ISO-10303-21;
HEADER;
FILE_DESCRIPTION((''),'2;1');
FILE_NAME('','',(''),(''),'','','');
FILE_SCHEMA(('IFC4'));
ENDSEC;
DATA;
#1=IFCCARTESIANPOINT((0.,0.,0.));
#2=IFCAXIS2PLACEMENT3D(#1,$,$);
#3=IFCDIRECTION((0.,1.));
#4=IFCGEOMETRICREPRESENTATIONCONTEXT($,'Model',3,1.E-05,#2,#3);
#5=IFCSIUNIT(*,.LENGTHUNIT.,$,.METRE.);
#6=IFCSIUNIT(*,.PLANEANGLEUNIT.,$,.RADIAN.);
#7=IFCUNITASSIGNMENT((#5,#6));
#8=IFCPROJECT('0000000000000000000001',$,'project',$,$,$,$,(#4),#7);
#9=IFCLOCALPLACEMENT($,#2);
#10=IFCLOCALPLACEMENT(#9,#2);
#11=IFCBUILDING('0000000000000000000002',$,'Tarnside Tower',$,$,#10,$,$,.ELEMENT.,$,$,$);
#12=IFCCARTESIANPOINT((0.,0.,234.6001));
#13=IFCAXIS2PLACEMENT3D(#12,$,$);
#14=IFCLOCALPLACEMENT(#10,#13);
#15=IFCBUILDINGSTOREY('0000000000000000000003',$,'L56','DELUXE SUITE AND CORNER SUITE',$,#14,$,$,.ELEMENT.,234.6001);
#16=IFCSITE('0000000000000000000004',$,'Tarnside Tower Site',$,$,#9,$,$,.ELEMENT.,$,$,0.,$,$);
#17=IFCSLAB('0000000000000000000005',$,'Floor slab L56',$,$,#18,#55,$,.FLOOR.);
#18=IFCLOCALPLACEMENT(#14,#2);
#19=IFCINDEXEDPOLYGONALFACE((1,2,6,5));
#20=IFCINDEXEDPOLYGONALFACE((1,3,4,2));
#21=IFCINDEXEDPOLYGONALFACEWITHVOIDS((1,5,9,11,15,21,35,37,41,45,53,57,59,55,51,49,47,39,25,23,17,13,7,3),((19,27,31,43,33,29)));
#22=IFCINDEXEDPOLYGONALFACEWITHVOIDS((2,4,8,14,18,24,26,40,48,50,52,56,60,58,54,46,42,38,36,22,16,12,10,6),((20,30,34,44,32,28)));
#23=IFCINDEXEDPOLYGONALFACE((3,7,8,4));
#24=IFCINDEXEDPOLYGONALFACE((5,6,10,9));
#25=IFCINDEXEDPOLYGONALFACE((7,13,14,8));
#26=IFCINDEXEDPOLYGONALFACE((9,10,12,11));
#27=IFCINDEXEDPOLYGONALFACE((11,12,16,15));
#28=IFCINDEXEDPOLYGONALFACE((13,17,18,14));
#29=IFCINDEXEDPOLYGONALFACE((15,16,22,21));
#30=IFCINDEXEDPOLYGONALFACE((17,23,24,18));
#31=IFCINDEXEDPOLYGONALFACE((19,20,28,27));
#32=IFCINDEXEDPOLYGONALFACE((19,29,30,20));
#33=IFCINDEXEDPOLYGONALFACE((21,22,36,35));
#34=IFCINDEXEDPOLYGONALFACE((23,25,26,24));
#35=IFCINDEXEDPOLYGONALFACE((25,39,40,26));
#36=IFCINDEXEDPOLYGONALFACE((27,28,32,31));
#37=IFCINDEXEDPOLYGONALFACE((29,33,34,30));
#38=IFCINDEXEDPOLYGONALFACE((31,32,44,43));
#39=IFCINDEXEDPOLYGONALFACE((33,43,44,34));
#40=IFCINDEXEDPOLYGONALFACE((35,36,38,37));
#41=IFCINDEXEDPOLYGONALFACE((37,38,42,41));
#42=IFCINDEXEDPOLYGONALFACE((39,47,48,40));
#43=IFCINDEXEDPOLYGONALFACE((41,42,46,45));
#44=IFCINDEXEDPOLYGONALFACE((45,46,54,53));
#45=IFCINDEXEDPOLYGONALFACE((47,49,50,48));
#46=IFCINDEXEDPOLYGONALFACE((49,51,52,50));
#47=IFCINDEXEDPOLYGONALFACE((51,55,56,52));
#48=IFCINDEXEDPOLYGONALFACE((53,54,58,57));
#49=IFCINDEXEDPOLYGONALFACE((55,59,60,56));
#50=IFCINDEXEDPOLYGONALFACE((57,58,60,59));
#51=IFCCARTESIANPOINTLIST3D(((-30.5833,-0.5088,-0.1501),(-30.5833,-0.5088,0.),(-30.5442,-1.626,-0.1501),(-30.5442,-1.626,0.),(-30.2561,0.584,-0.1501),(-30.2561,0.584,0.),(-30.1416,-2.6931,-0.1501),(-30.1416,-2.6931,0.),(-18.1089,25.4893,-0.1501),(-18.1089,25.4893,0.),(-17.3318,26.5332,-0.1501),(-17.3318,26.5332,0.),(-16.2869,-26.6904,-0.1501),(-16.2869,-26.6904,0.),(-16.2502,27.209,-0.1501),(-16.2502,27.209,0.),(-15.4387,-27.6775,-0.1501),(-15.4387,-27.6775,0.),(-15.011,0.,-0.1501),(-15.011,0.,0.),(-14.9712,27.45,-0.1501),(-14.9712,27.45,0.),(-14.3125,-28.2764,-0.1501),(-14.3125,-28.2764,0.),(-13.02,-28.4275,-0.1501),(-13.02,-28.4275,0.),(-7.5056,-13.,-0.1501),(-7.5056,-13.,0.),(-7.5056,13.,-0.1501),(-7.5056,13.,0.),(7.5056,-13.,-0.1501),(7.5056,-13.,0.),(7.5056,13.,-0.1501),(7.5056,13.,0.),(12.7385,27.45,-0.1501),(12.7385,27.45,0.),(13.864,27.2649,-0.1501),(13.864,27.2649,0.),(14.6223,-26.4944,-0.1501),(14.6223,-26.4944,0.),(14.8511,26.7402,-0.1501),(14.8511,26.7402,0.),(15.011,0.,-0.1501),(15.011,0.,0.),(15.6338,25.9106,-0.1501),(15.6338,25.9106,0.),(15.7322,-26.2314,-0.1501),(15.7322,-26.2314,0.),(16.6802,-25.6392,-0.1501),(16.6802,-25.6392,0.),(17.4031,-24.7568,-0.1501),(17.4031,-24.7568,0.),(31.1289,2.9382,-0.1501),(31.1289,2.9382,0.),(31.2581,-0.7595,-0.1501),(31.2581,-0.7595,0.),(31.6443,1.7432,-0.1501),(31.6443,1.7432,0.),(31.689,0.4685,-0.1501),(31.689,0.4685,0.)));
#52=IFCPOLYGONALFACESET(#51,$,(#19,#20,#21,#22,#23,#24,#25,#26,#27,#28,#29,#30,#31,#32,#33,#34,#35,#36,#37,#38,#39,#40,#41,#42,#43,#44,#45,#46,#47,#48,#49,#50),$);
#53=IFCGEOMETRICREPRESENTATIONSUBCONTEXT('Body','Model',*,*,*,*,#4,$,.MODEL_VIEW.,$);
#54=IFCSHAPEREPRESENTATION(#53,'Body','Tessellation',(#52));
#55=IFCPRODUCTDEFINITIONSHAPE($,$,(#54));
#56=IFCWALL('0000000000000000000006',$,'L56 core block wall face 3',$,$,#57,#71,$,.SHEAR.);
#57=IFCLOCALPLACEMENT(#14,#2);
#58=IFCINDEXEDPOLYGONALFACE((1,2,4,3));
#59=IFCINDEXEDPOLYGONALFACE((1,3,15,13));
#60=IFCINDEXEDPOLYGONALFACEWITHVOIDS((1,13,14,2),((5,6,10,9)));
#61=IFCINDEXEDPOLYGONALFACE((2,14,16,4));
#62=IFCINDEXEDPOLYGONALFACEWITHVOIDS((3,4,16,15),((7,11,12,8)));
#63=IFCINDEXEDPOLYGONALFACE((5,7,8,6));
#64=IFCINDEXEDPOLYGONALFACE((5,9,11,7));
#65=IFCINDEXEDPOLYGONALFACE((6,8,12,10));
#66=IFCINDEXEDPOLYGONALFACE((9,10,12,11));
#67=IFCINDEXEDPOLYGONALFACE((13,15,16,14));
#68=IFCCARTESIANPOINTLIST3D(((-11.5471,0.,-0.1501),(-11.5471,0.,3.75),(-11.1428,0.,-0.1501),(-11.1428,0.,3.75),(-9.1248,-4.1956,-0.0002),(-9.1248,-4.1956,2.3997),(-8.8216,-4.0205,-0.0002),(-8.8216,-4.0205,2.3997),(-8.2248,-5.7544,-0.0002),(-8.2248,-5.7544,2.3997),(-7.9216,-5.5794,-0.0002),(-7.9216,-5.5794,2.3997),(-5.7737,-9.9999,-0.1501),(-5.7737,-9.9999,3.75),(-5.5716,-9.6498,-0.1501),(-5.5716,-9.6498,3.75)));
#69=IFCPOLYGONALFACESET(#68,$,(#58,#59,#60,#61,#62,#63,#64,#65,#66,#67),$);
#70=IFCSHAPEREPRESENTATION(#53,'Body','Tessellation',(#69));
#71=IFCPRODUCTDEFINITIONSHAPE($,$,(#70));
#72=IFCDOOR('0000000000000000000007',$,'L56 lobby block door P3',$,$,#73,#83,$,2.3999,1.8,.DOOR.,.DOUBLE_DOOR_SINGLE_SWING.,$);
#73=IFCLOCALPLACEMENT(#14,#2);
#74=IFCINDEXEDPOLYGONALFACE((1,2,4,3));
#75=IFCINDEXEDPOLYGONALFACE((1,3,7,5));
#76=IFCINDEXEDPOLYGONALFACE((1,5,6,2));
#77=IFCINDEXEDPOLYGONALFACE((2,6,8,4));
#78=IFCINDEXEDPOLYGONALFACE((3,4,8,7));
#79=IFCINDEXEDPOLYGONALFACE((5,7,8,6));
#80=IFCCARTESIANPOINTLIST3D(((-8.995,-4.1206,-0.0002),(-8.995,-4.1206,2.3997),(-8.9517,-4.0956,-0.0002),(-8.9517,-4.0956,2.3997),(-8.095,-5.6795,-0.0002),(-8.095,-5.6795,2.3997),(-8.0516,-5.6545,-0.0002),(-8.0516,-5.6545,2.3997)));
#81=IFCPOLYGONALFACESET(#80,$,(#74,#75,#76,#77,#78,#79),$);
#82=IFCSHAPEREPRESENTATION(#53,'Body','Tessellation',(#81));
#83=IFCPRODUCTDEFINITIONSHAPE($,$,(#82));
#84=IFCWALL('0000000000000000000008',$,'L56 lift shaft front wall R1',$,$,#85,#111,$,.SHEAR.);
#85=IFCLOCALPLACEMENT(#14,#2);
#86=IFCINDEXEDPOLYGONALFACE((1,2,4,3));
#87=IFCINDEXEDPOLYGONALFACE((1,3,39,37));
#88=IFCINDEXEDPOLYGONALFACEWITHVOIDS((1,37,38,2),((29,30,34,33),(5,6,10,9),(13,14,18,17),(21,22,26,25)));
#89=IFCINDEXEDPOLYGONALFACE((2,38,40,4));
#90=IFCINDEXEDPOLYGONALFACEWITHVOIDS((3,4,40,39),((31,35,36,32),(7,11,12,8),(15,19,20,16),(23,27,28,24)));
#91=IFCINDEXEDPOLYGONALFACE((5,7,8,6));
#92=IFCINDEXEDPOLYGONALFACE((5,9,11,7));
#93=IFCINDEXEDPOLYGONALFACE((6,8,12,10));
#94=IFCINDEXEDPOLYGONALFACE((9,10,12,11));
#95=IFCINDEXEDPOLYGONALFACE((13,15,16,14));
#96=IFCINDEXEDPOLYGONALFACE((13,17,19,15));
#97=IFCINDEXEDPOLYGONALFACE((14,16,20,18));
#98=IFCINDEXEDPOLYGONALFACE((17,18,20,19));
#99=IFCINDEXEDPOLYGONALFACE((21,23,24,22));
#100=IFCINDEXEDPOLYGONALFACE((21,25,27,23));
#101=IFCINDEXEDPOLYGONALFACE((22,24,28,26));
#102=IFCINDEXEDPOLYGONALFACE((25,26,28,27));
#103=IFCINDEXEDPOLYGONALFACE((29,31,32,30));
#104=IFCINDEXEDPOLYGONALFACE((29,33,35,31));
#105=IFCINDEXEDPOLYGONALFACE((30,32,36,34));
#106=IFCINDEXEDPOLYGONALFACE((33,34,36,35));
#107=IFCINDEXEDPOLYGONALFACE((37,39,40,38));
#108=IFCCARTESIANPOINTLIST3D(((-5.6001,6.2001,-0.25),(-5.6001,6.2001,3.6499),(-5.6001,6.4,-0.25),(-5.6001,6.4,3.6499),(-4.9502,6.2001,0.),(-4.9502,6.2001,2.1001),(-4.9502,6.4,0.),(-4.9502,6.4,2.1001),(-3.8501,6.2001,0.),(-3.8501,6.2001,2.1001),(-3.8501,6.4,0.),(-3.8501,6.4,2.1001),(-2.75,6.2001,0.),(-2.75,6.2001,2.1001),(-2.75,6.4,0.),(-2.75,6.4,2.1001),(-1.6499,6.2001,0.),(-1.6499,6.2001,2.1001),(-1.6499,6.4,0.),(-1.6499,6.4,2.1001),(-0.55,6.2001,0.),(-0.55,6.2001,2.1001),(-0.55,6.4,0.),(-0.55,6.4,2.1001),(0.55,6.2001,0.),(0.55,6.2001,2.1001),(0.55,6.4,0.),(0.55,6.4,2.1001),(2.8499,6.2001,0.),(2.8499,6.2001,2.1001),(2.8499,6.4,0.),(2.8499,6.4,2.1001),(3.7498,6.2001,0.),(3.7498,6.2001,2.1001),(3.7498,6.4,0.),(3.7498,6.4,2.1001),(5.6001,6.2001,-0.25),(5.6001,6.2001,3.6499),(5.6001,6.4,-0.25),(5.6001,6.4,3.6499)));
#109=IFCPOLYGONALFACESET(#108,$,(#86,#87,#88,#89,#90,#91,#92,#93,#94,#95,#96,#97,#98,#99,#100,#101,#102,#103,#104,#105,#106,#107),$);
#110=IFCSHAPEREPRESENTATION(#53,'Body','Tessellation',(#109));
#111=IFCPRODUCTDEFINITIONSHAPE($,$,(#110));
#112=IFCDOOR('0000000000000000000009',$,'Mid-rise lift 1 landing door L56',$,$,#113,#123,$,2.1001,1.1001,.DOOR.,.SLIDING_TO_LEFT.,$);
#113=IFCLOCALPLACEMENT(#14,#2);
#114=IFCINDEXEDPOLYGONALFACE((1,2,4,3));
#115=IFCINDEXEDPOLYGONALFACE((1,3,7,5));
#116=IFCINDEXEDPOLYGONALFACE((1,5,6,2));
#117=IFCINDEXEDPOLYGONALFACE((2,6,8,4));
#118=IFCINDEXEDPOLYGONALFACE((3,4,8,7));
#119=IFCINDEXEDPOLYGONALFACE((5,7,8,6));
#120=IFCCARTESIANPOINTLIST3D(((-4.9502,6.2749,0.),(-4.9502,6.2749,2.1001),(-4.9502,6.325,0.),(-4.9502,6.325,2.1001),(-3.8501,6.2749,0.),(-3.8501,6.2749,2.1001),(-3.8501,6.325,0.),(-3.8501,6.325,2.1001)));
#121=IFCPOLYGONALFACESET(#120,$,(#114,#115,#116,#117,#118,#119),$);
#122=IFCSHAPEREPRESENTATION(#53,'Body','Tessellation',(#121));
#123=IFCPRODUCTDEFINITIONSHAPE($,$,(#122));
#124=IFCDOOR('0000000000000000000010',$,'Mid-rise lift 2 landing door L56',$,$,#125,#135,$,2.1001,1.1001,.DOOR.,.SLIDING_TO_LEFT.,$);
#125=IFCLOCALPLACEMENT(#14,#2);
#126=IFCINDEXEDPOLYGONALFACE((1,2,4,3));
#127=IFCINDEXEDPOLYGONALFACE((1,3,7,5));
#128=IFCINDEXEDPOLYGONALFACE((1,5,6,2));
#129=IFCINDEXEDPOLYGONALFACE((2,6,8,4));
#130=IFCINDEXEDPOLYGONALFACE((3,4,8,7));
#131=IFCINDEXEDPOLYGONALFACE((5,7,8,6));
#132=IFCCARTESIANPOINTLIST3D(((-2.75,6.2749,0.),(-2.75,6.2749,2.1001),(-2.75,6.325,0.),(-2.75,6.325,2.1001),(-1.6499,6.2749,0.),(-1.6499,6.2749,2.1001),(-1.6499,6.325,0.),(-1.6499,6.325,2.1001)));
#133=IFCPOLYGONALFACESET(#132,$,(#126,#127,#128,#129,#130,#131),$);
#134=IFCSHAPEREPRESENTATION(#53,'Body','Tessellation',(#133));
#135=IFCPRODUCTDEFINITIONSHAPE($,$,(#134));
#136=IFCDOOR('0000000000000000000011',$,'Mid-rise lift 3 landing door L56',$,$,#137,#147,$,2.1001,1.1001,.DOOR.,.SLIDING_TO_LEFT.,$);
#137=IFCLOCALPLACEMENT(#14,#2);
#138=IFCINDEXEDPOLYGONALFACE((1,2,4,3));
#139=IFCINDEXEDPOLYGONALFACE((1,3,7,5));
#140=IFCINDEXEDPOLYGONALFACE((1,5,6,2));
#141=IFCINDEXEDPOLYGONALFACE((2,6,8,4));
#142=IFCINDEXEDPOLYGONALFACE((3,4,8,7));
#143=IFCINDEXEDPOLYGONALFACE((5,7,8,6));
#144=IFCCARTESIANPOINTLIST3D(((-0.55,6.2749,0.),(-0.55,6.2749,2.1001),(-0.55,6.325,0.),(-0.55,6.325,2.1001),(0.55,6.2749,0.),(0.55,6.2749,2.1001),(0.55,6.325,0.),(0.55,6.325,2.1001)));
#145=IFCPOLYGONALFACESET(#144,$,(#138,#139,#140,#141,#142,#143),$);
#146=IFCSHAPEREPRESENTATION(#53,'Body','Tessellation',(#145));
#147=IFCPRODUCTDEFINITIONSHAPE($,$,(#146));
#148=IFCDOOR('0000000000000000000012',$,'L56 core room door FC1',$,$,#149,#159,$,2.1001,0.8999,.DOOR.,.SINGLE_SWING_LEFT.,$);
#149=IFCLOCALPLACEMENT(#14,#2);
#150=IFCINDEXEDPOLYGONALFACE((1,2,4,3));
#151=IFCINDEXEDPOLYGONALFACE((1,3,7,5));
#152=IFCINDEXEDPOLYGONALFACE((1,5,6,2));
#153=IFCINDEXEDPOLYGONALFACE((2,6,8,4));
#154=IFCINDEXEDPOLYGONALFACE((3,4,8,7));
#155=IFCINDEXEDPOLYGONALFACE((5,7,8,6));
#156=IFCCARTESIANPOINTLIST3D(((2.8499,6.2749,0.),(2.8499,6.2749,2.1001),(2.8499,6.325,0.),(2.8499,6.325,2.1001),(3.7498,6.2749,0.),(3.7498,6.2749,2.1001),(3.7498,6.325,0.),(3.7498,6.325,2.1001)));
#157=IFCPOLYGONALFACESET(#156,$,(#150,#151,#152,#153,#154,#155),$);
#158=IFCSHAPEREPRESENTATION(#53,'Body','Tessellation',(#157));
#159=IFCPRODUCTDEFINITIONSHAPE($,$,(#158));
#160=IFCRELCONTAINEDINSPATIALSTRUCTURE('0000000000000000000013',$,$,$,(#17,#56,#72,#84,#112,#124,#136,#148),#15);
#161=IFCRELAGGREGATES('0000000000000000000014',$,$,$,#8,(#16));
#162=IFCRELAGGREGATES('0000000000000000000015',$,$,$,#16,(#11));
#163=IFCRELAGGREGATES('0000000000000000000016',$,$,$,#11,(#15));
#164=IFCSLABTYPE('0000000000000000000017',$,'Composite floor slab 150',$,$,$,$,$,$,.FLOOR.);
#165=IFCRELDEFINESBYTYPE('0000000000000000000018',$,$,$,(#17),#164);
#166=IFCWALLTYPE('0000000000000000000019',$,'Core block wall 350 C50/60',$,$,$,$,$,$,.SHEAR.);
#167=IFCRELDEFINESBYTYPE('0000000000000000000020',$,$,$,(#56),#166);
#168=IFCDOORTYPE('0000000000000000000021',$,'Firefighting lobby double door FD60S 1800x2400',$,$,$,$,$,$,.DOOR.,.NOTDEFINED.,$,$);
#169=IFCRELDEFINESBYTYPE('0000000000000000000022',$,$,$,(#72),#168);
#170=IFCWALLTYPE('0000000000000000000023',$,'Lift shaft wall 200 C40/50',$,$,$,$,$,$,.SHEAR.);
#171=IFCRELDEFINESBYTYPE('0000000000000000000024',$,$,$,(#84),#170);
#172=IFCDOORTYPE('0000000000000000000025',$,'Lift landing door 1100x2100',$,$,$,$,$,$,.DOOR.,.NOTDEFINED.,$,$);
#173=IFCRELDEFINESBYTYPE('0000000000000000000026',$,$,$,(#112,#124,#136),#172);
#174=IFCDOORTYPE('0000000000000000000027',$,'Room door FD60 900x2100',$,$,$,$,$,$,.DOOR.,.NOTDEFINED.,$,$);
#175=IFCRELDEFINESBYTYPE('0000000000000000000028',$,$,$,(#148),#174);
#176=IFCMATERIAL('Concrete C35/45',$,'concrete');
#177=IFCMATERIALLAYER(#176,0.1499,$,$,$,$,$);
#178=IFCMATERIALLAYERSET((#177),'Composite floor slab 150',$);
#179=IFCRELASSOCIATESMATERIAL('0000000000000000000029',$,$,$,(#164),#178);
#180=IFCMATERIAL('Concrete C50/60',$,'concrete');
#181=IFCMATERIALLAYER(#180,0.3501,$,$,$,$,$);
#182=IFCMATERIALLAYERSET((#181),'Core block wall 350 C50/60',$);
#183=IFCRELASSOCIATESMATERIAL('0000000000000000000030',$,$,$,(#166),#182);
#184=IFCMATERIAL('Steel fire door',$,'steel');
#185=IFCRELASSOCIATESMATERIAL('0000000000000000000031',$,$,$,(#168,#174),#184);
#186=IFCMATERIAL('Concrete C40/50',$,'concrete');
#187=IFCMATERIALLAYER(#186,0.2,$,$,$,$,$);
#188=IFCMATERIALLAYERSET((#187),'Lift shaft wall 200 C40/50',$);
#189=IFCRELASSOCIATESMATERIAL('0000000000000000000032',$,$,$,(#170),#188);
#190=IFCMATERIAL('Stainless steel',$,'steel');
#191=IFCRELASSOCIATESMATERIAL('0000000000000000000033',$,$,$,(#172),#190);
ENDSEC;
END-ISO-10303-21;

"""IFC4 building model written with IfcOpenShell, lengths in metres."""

from ifc_helpers import new_model, si_unit, direction, frame, frame_2d, origin, place, context, subcontext, project, spatial, polyline, rectangle, outline, extrude, material, layer, layer_set, type_object, element, fill, save


model = new_model("IFC4")

# Units and contexts
model_context = context("Model", 3, precision=1e-05, world=origin(), true_north=direction((0.0, 1.0)))
body_context = subcontext(model_context, "Body", "Model", "MODEL_VIEW")
ifc_project = project(units=[si_unit("LENGTHUNIT", "METRE"), si_unit("PLANEANGLEUNIT", "RADIAN")], contexts=[model_context])

# Site, building, storey
site_placement = place(None, origin())
site = spatial("IfcSite", under=ifc_project, at=site_placement, Name="Tarnside Tower Site", CompositionType="ELEMENT", RefElevation=0.0)
building_placement = place(site_placement, origin())
building = spatial("IfcBuilding", under=site, at=building_placement, Name="Tarnside Tower", CompositionType="ELEMENT")
storey_placement = place(building_placement, frame((0.0, 0.0, 234.6001)))
storey = spatial("IfcBuildingStorey", under=building, at=storey_placement, Name="L56", Description="DELUXE SUITE AND CORNER SUITE", CompositionType="ELEMENT", Elevation=234.6001)

# Slab
ifc_material_1 = material(Name="Concrete C35/45", Category="concrete")
ifc_layer_1 = layer(ifc_material_1, 0.1499)
ifc_layer_set_1 = layer_set([ifc_layer_1], Name="Composite floor slab 150")
slab_type = type_object("IfcSlabType", Name="Composite floor slab 150", PredefinedType="FLOOR", material=ifc_layer_set_1)
slab_placement = place(storey_placement, frame((0.0, 0.0, -0.1501)))
element("IfcSlab", 1, at=slab_placement, inside=storey, type_object=slab_type, Name="Floor slab L56", PredefinedType="FLOOR", context=body_context, shape_type="SweptSolid", body=[
    extrude(outline(polyline([(13.864, 27.2649), (14.8511, 26.7402), (15.6338, 25.9106), (31.1289, 2.9382), (31.6443, 1.7432), (31.689, 0.4685), (31.2581, -0.7595), (17.4031, -24.7568), (16.6802, -25.6392), (15.7322, -26.2314), (14.6223, -26.4944), (-13.02, -28.4275), (-14.3125, -28.2764), (-15.4387, -27.6775), (-16.2869, -26.6904), (-30.1416, -2.6931), (-30.5442, -1.626), (-30.5833, -0.5088), (-30.2561, 0.584), (-18.1089, 25.4893), (-17.3318, 26.5332), (-16.2502, 27.209), (-14.9712, 27.45), (12.7385, 27.45), (13.864, 27.2649)]), holes=[polyline([(-15.011, 0.0), (-7.5056, -13.0), (7.5056, -13.0), (15.011, 0.0), (7.5056, 13.0), (-7.5056, 13.0), (-15.011, 0.0)])]), origin(), (0.0, 0.0, 1.0), 0.1501),
])

# Wall, opening, door
ifc_material_2 = material(Name="Concrete C50/60", Category="concrete")
ifc_layer_2 = layer(ifc_material_2, 0.3501)
ifc_layer_set_2 = layer_set([ifc_layer_2], Name="Core block wall 350 C50/60")
wall_type_1 = type_object("IfcWallType", Name="Core block wall 350 C50/60", PredefinedType="SHEAR", material=ifc_layer_set_2)
wall_1_placement = place(storey_placement, frame((-11.345, 0.0, -0.1501), z_axis=(0.0, 0.0, 1.0), x_axis=(0.499995, -0.866028, 0.0)))
wall_1 = element("IfcWall", 2, at=wall_1_placement, inside=storey, type_object=wall_type_1, Name="L56 core block wall face 3", PredefinedType="SHEAR", context=body_context, shape_type="SweptSolid", body=[
    extrude(outline(polyline([(-0.1011, -0.175), (11.4458, -0.175), (11.2437, 0.175), (0.1011, 0.175), (-0.1011, -0.175)])), origin(), (0.0, 0.0, 1.0), 3.9001),
])
opening_1_placement = place(wall_1_placement, frame((4.7437, 0.0, 0.1499)))
opening_1 = element("IfcOpeningElement", 3, at=opening_1_placement, cuts=wall_1, PredefinedType="OPENING", context=body_context, shape_type="SweptSolid", body=[
    extrude(rectangle(XDim=1.8, YDim=2.3999, at=frame_2d((0.8999, 1.2))), frame((0.0, 0.1851, 0.0), z_axis=(0.0, -1.0, 0.0), x_axis=(1.0, 0.0, 0.0)), (0.0, 0.0, 1.0), 0.3701),
])
ifc_material_3 = material(Name="Steel fire door", Category="steel")
door_type_1 = type_object("IfcDoorType", Name="Firefighting lobby double door FD60S 1800x2400", OperationType="NOTDEFINED", PredefinedType="DOOR", material=ifc_material_3)
door_1_placement = place(opening_1_placement, origin())
door_1 = element("IfcDoor", 4, at=door_1_placement, inside=storey, type_object=door_type_1, Name="L56 lobby block door P3", OperationType="DOUBLE_DOOR_SINGLE_SWING", OverallHeight=2.3999, OverallWidth=1.8, PredefinedType="DOOR", context=body_context, shape_type="SweptSolid", body=[
    extrude(rectangle(XDim=1.8, YDim=2.3999, at=frame_2d((0.8999, 1.2))), frame((0.0, 0.0249, 0.0), z_axis=(0.0, -1.0, 0.0), x_axis=(1.0, 0.0, 0.0)), (0.0, 0.0, 1.0), 0.05),
])
fill(opening_1, door_1)

# Wall, openings, doors
ifc_material_4 = material(Name="Concrete C40/50", Category="concrete")
ifc_layer_3 = layer(ifc_material_4, 0.2)
ifc_layer_set_3 = layer_set([ifc_layer_3], Name="Lift shaft wall 200 C40/50")
wall_type_2 = type_object("IfcWallType", Name="Lift shaft wall 200 C40/50", PredefinedType="SHEAR", material=ifc_layer_set_3)
wall_2_placement = place(storey_placement, frame((-5.6001, 6.3, -0.25), z_axis=(0.0, 0.0, 1.0), x_axis=(1.0, 0.0, 0.0)))
wall_2 = element("IfcWall", 5, at=wall_2_placement, inside=storey, type_object=wall_type_2, Name="L56 lift shaft front wall R1", PredefinedType="SHEAR", context=body_context, shape_type="SweptSolid", body=[
    extrude(rectangle(XDim=11.2002, YDim=0.2, at=frame_2d((5.6001, 0.0))), origin(), (0.0, 0.0, 1.0), 3.8999),
])
opening_2_placement = place(wall_2_placement, frame((8.45, 0.0, 0.25)))
opening_2 = element("IfcOpeningElement", 6, at=opening_2_placement, cuts=wall_2, PredefinedType="OPENING", context=body_context, shape_type="SweptSolid", body=[
    extrude(rectangle(XDim=0.8999, YDim=2.1001, at=frame_2d((0.45, 1.05))), frame((0.0, 0.1099, 0.0), z_axis=(0.0, -1.0, 0.0), x_axis=(1.0, 0.0, 0.0)), (0.0, 0.0, 1.0), 0.22),
])
opening_3_placement = place(wall_2_placement, frame((0.6499, 0.0, 0.25)))
opening_3 = element("IfcOpeningElement", 7, at=opening_3_placement, cuts=wall_2, PredefinedType="OPENING", context=body_context, shape_type="SweptSolid", body=[
    extrude(rectangle(XDim=1.1001, YDim=2.1001, at=frame_2d((0.55, 1.05))), frame((0.0, 0.1099, 0.0), z_axis=(0.0, -1.0, 0.0), x_axis=(1.0, 0.0, 0.0)), (0.0, 0.0, 1.0), 0.22),
])
opening_4_placement = place(wall_2_placement, frame((2.8501, 0.0, 0.25)))
opening_4 = element("IfcOpeningElement", 8, at=opening_4_placement, cuts=wall_2, PredefinedType="OPENING", context=body_context, shape_type="SweptSolid", body=[
    extrude(rectangle(XDim=1.1001, YDim=2.1001, at=frame_2d((0.55, 1.05))), frame((0.0, 0.1099, 0.0), z_axis=(0.0, -1.0, 0.0), x_axis=(1.0, 0.0, 0.0)), (0.0, 0.0, 1.0), 0.22),
])
opening_5_placement = place(wall_2_placement, frame((5.05, 0.0, 0.25)))
opening_5 = element("IfcOpeningElement", 9, at=opening_5_placement, cuts=wall_2, PredefinedType="OPENING", context=body_context, shape_type="SweptSolid", body=[
    extrude(rectangle(XDim=1.1001, YDim=2.1001, at=frame_2d((0.55, 1.05))), frame((0.0, 0.1099, 0.0), z_axis=(0.0, -1.0, 0.0), x_axis=(1.0, 0.0, 0.0)), (0.0, 0.0, 1.0), 0.22),
])
ifc_material_5 = material(Name="Stainless steel", Category="steel")
door_type_2 = type_object("IfcDoorType", Name="Lift landing door 1100x2100", OperationType="NOTDEFINED", PredefinedType="DOOR", material=ifc_material_5)
door_2_placement = place(opening_3_placement, origin())
door_2 = element("IfcDoor", 10, at=door_2_placement, inside=storey, type_object=door_type_2, Name="Mid-rise lift 1 landing door L56", OperationType="SLIDING_TO_LEFT", OverallHeight=2.1001, OverallWidth=1.1001, PredefinedType="DOOR", context=body_context, shape_type="SweptSolid", body=[
    extrude(rectangle(XDim=1.1001, YDim=2.1001, at=frame_2d((0.55, 1.05))), frame((0.0, 0.0249, 0.0), z_axis=(0.0, -1.0, 0.0), x_axis=(1.0, 0.0, 0.0)), (0.0, 0.0, 1.0), 0.05),
])
fill(opening_3, door_2)
door_3_placement = place(opening_4_placement, origin())
door_3 = element("IfcDoor", 11, at=door_3_placement, inside=storey, type_object=door_type_2, Name="Mid-rise lift 2 landing door L56", OperationType="SLIDING_TO_LEFT", OverallHeight=2.1001, OverallWidth=1.1001, PredefinedType="DOOR", context=body_context, shape_type="SweptSolid", body=[
    extrude(rectangle(XDim=1.1001, YDim=2.1001, at=frame_2d((0.55, 1.05))), frame((0.0, 0.0249, 0.0), z_axis=(0.0, -1.0, 0.0), x_axis=(1.0, 0.0, 0.0)), (0.0, 0.0, 1.0), 0.05),
])
fill(opening_4, door_3)
door_4_placement = place(opening_5_placement, origin())
door_4 = element("IfcDoor", 12, at=door_4_placement, inside=storey, type_object=door_type_2, Name="Mid-rise lift 3 landing door L56", OperationType="SLIDING_TO_LEFT", OverallHeight=2.1001, OverallWidth=1.1001, PredefinedType="DOOR", context=body_context, shape_type="SweptSolid", body=[
    extrude(rectangle(XDim=1.1001, YDim=2.1001, at=frame_2d((0.55, 1.05))), frame((0.0, 0.0249, 0.0), z_axis=(0.0, -1.0, 0.0), x_axis=(1.0, 0.0, 0.0)), (0.0, 0.0, 1.0), 0.05),
])
fill(opening_5, door_4)
door_type_3 = type_object("IfcDoorType", Name="Room door FD60 900x2100", OperationType="NOTDEFINED", PredefinedType="DOOR", material=ifc_material_3)
door_5_placement = place(opening_2_placement, origin())
door_5 = element("IfcDoor", 13, at=door_5_placement, inside=storey, type_object=door_type_3, Name="L56 core room door FC1", OperationType="SINGLE_SWING_LEFT", OverallHeight=2.1001, OverallWidth=0.8999, PredefinedType="DOOR", context=body_context, shape_type="SweptSolid", body=[
    extrude(rectangle(XDim=0.8999, YDim=2.1001, at=frame_2d((0.45, 1.05))), frame((0.0, 0.0249, 0.0), z_axis=(0.0, -1.0, 0.0), x_axis=(1.0, 0.0, 0.0)), (0.0, 0.0, 1.0), 0.05),
])
fill(opening_2, door_5)

save(model, "model.ifc")
